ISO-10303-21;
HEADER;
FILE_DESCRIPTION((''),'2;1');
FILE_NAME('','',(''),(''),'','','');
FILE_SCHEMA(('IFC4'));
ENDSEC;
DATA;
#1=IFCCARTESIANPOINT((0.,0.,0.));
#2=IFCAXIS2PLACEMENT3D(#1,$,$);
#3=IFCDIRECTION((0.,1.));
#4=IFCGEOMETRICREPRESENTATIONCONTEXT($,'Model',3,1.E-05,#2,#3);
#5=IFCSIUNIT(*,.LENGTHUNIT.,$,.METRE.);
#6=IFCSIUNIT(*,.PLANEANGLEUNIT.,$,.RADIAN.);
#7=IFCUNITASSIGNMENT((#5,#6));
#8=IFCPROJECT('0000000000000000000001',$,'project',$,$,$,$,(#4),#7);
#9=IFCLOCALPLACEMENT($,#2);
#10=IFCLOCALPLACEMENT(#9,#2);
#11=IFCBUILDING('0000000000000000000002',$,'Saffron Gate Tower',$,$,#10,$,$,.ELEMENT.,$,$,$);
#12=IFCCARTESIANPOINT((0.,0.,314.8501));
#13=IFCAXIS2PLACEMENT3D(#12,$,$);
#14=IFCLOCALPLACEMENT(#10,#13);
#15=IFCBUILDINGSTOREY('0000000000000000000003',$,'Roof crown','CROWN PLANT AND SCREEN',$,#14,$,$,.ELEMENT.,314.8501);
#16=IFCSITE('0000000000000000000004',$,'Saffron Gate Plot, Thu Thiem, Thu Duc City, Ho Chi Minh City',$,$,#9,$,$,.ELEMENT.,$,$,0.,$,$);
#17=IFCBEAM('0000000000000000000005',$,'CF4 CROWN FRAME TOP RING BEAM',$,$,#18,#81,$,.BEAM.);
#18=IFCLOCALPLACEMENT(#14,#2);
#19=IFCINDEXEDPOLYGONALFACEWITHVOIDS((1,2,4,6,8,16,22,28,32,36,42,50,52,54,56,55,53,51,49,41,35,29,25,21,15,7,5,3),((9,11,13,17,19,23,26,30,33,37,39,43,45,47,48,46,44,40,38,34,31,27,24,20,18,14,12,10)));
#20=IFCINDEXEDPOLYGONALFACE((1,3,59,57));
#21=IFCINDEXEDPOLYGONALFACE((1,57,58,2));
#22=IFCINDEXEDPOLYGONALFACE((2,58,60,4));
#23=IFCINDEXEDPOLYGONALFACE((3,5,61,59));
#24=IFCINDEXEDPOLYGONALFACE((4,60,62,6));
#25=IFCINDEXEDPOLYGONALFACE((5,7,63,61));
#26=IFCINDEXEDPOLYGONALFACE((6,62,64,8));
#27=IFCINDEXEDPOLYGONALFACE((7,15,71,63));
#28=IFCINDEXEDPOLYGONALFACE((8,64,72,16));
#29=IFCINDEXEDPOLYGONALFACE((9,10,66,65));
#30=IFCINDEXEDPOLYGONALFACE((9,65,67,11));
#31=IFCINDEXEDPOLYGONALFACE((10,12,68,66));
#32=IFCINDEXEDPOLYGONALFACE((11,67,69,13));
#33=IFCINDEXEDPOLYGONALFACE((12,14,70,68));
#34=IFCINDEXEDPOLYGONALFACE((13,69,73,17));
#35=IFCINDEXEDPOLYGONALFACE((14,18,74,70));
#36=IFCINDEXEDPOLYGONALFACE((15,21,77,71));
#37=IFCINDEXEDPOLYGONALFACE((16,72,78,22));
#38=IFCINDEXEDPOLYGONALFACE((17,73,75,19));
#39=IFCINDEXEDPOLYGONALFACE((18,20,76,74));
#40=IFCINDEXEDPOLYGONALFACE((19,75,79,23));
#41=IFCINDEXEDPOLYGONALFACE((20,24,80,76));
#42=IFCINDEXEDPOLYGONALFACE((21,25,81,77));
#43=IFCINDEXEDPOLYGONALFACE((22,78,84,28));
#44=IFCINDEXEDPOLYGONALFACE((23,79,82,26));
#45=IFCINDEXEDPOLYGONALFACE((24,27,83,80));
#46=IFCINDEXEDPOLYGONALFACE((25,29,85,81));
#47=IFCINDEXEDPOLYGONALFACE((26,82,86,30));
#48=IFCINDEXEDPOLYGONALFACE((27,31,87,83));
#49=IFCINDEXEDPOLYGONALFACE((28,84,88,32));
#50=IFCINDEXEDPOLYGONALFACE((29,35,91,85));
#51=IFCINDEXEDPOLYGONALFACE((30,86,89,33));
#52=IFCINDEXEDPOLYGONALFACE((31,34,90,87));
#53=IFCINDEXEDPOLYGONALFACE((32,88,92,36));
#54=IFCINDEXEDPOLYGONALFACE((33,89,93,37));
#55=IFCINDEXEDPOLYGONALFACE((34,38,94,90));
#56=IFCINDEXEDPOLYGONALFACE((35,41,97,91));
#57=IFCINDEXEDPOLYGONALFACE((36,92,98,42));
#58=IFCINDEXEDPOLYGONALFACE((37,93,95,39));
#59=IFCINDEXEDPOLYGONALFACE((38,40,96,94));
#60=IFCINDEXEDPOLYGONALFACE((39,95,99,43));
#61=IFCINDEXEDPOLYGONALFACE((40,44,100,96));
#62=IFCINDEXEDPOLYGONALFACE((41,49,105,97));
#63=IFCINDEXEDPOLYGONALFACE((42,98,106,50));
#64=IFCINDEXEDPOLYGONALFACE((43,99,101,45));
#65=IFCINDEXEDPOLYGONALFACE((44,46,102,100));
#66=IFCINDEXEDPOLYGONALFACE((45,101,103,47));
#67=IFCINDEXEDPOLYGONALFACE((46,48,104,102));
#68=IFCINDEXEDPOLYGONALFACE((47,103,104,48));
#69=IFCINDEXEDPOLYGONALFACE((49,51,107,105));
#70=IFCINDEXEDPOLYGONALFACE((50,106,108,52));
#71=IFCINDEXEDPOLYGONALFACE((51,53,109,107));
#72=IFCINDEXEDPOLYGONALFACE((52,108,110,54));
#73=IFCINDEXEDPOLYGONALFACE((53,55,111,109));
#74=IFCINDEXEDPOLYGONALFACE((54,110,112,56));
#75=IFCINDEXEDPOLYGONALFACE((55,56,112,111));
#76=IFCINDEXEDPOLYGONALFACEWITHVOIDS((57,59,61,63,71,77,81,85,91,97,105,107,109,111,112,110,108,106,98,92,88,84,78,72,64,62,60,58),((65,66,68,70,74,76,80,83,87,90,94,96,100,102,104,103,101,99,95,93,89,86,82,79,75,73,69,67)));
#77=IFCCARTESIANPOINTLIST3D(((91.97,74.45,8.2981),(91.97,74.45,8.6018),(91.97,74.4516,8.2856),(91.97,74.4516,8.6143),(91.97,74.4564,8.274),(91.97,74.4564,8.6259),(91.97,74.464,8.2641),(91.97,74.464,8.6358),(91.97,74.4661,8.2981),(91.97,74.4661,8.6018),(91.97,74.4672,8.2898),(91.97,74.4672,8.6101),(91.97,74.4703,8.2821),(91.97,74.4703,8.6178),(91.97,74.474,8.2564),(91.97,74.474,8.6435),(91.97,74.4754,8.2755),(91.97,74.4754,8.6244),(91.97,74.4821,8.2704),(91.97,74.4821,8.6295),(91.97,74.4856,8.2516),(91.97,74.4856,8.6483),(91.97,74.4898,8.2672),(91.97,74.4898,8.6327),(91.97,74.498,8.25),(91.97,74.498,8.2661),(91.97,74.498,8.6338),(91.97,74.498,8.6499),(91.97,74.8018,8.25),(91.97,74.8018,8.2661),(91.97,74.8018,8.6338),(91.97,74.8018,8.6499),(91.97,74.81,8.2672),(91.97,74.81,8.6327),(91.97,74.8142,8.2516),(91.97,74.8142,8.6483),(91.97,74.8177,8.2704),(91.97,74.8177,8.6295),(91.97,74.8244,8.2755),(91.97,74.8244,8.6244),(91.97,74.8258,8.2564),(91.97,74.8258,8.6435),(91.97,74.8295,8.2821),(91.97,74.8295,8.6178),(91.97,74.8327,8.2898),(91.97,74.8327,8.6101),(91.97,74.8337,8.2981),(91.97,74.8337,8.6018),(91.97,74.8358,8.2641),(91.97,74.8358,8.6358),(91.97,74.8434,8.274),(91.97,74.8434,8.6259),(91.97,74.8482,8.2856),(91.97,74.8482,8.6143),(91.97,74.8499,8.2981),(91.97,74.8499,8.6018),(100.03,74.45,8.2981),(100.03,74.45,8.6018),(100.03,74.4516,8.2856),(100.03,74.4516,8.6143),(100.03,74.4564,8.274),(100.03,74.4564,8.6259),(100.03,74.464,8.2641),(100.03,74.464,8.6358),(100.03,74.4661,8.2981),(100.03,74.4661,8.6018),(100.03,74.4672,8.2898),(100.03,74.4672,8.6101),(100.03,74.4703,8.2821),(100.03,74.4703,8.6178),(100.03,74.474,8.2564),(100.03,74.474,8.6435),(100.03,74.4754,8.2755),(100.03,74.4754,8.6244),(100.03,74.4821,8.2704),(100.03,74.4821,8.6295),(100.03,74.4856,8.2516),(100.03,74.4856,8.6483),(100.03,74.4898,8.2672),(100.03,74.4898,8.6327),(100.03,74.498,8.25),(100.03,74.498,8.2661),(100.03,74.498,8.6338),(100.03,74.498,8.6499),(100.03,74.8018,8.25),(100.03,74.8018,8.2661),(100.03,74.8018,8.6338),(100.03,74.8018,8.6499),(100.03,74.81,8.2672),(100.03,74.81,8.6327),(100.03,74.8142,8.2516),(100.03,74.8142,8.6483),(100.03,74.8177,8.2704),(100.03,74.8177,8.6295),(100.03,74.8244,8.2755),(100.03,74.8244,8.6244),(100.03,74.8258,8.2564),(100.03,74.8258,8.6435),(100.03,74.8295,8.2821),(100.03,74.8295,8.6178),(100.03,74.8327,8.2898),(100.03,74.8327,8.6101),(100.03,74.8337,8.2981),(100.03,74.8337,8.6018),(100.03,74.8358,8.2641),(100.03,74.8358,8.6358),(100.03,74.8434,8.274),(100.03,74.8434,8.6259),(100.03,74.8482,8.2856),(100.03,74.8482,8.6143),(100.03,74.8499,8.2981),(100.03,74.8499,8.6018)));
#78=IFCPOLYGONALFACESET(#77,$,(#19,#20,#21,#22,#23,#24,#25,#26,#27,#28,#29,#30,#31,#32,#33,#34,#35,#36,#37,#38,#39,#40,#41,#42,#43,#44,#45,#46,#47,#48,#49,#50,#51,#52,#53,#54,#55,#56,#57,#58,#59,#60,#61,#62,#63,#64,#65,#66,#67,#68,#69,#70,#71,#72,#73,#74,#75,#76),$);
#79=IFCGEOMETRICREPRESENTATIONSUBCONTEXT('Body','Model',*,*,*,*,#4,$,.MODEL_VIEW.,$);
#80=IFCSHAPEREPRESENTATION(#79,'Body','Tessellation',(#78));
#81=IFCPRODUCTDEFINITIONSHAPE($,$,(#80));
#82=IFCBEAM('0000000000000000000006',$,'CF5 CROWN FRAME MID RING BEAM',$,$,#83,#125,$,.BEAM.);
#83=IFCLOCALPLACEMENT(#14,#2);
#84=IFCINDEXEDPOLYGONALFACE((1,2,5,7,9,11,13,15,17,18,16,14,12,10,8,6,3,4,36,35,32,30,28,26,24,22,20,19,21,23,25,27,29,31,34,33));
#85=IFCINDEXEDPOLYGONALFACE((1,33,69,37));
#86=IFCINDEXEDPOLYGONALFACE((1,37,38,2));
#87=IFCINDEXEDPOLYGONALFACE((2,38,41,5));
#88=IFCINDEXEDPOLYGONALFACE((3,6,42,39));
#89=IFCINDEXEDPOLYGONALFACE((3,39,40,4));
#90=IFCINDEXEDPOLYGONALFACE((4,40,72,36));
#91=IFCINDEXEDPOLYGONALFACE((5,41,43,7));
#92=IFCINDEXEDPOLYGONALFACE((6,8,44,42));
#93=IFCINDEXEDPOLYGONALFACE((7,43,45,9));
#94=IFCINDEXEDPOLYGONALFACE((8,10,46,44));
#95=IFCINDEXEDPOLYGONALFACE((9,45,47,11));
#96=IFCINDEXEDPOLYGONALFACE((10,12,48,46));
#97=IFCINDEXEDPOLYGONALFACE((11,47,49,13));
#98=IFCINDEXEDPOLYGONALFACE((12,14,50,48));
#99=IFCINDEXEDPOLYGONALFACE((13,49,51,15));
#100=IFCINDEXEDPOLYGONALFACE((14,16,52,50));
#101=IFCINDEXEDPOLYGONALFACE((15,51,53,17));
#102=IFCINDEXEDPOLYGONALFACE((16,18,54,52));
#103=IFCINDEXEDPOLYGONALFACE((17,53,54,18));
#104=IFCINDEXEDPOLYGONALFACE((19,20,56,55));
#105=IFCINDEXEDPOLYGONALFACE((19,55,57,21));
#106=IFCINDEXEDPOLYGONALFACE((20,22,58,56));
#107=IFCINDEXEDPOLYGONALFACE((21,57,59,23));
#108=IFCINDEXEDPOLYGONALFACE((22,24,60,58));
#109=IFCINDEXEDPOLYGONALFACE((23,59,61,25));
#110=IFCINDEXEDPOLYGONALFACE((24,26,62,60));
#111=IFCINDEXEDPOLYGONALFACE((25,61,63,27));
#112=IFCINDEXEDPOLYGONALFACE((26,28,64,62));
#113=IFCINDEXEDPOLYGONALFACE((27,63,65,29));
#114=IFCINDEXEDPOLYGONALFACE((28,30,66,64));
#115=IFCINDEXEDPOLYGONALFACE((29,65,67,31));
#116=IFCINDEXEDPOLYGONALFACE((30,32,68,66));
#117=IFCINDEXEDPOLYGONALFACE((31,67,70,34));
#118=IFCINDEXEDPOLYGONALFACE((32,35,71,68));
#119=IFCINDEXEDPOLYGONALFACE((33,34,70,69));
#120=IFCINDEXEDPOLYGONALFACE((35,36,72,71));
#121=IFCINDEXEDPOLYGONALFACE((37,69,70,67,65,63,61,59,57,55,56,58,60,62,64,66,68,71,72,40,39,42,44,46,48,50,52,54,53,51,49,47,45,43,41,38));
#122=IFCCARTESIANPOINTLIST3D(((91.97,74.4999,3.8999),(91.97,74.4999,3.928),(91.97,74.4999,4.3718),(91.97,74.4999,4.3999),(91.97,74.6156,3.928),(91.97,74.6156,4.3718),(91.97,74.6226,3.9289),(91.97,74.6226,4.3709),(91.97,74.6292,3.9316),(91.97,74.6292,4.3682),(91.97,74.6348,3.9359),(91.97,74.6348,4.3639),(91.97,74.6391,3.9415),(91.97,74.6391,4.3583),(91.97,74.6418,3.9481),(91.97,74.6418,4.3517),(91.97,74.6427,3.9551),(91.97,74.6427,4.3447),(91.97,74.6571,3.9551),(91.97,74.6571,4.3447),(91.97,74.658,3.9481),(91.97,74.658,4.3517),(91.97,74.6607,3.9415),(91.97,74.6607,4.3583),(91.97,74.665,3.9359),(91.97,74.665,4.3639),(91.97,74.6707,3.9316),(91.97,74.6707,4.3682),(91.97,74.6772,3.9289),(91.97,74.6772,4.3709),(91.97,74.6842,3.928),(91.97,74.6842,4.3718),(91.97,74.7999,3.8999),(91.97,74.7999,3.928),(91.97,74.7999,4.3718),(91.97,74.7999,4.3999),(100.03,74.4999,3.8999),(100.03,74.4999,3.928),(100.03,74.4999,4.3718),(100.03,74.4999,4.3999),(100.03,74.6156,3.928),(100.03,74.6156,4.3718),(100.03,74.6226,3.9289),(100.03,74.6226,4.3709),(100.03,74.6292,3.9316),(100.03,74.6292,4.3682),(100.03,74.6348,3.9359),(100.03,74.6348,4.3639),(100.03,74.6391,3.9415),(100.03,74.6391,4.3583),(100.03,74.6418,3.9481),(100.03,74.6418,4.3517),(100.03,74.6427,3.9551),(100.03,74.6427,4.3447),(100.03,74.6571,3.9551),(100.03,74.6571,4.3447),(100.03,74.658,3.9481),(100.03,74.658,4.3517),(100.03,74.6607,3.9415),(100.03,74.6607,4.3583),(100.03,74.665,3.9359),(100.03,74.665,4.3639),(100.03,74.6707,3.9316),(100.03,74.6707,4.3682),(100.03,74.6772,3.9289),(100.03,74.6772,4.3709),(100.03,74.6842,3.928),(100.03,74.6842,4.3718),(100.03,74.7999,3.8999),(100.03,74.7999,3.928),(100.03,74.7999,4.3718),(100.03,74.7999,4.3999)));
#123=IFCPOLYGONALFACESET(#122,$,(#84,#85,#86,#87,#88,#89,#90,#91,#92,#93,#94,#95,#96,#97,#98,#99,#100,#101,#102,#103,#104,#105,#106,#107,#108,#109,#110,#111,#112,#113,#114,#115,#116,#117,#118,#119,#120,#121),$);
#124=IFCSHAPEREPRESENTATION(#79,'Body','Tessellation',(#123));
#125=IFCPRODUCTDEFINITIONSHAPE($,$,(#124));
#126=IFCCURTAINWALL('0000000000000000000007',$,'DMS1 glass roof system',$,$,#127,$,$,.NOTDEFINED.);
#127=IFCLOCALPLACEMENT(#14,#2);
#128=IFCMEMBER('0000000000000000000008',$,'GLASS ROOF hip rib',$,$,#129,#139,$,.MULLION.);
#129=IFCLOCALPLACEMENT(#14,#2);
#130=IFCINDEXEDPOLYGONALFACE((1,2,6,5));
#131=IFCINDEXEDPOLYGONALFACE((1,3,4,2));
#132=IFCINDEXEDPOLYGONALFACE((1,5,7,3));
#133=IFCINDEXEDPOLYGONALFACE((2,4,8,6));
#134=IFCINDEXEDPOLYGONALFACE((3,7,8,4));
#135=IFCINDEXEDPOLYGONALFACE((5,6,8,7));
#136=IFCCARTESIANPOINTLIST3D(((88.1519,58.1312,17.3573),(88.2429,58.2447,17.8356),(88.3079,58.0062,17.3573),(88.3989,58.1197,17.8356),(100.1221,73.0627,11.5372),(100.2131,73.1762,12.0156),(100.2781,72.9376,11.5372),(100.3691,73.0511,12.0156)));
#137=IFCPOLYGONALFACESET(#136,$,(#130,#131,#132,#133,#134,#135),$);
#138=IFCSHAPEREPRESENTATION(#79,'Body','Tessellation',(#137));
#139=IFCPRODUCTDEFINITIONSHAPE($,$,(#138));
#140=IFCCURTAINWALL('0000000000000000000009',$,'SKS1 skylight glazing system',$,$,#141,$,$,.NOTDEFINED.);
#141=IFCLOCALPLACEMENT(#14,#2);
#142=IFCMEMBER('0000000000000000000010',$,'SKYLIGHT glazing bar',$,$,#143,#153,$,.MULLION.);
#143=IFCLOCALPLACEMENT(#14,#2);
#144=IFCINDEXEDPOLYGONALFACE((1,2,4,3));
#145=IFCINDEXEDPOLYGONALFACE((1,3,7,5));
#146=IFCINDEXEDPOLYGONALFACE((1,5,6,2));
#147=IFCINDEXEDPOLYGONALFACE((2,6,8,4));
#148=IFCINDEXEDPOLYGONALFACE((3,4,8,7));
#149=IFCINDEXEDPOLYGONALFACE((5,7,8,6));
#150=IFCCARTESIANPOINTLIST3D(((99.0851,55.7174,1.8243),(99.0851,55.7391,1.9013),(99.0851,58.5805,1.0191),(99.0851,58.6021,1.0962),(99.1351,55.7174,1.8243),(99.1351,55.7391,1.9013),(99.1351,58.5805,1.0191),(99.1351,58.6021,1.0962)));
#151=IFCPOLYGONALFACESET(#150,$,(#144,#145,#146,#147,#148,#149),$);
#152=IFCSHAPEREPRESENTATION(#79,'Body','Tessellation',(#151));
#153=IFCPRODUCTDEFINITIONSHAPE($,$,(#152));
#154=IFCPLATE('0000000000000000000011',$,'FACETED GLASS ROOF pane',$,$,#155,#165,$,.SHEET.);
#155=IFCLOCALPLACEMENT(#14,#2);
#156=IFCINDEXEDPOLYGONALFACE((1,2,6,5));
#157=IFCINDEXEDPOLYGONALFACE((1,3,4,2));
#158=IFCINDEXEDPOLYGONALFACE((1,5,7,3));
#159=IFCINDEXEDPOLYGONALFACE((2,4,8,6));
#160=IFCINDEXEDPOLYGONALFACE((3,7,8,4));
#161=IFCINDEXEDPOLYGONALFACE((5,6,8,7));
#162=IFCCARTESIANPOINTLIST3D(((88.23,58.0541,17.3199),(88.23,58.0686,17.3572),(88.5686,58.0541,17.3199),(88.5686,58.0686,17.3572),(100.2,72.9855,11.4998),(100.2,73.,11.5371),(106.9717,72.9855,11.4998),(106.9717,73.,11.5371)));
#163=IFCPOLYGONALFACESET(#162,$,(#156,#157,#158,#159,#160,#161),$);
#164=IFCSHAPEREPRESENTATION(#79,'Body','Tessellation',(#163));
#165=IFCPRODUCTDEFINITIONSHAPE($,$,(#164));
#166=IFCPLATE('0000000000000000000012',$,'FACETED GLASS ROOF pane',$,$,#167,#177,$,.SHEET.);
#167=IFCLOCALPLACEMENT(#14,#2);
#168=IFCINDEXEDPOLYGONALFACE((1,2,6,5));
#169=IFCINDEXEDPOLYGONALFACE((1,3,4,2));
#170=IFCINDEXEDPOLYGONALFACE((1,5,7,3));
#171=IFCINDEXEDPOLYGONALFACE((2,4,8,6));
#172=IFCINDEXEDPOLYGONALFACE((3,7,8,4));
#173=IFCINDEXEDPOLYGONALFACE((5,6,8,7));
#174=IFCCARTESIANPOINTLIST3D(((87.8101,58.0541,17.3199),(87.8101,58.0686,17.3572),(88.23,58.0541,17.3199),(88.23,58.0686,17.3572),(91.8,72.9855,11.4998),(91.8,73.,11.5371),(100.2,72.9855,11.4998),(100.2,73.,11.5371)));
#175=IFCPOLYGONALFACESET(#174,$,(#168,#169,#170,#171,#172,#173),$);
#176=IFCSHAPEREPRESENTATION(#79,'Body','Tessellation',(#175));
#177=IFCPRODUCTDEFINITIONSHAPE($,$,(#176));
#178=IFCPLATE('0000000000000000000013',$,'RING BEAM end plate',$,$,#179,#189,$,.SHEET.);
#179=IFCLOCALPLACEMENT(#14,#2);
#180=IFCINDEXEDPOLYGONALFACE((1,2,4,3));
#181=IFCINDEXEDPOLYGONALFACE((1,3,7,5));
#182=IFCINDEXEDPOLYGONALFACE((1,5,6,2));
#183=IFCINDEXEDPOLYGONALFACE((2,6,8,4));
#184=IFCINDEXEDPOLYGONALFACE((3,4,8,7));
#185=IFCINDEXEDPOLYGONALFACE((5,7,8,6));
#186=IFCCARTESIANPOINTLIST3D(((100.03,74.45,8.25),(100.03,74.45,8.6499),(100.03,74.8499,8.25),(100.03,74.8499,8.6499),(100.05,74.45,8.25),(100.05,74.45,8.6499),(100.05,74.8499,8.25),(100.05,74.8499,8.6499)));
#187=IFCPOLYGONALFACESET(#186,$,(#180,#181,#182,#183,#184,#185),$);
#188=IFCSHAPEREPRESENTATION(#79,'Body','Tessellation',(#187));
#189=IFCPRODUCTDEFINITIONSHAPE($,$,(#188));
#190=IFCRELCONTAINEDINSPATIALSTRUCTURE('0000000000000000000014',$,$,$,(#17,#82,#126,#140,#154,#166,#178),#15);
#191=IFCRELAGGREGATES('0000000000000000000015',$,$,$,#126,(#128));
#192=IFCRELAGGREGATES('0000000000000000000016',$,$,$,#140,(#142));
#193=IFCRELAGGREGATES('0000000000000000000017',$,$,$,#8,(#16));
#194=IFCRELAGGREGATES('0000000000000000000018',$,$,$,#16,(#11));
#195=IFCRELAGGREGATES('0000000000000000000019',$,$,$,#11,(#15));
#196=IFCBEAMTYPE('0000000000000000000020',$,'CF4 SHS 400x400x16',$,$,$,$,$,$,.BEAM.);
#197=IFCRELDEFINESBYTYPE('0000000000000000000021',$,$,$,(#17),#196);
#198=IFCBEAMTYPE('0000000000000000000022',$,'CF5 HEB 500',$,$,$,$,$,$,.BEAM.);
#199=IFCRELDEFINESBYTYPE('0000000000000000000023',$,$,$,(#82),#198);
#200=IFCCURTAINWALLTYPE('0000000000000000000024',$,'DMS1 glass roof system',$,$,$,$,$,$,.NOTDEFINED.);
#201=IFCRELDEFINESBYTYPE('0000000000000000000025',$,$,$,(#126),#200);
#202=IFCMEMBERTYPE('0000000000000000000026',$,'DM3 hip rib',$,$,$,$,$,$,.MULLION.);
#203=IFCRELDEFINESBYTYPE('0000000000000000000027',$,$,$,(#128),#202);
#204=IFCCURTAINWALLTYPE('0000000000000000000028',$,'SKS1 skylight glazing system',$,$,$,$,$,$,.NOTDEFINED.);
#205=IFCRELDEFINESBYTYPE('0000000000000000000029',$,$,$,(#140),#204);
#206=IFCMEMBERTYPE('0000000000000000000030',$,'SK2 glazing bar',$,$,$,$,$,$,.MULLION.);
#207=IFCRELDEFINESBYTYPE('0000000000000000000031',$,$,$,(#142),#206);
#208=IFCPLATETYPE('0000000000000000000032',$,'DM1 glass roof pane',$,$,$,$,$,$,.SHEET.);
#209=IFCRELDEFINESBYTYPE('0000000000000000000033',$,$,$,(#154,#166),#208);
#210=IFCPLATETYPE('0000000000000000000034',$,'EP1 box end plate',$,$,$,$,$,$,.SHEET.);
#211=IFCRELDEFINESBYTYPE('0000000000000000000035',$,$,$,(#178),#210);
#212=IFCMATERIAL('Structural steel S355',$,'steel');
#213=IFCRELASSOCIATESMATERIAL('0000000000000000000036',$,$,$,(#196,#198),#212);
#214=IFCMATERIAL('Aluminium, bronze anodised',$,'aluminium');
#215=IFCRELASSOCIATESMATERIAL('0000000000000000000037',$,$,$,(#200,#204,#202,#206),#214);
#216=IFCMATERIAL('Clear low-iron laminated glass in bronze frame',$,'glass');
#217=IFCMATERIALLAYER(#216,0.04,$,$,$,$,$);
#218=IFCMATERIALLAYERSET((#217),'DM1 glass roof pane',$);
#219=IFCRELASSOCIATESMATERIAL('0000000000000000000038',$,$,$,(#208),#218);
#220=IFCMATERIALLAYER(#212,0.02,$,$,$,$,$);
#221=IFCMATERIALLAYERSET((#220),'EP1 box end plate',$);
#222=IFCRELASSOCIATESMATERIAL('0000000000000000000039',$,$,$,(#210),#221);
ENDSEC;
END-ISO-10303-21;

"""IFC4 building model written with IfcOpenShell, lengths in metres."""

from ifc_helpers import new_model, si_unit, direction, frame, origin, origin_2d, place, context, subcontext, project, spatial, polyline, rectangle, hollow_rectangle, i_section, outline, extrude, material, layer, layer_set, material_profile, profile_set, type_object, element, aggregate, save


model = new_model("IFC4")

# Units and contexts
model_context = context("Model", 3, precision=1e-05, world=origin(), true_north=direction((0.0, 1.0)))
body_context = subcontext(model_context, "Body", "Model", "MODEL_VIEW")
ifc_project = project(units=[si_unit("LENGTHUNIT", "METRE"), si_unit("PLANEANGLEUNIT", "RADIAN")], contexts=[model_context])

# Site, building, storey
site_placement = place(None, origin())
site = spatial("IfcSite", under=ifc_project, at=site_placement, Name="Saffron Gate Plot, Thu Thiem, Thu Duc City, Ho Chi Minh City", CompositionType="ELEMENT", RefElevation=0.0)
building_placement = place(site_placement, origin())
building = spatial("IfcBuilding", under=site, at=building_placement, Name="Saffron Gate Tower", CompositionType="ELEMENT")
storey_placement = place(building_placement, frame((0.0, 0.0, 314.8501)))
storey = spatial("IfcBuildingStorey", under=building, at=storey_placement, Name="Roof crown", Description="CROWN PLANT AND SCREEN", CompositionType="ELEMENT", Elevation=314.8501)

# Beams
ifc_material_1 = material(Name="Structural steel S355", Category="steel")
ifc_material_profile_1 = material_profile(ifc_material_1, hollow_rectangle(XDim=0.3999, YDim=0.3999, WallThickness=0.0161, InnerFilletRadius=0.032, OuterFilletRadius=0.0481, at=origin_2d()))
ifc_profile_set_1 = profile_set([ifc_material_profile_1], Name="Structural steel S355")
beam_type_1 = type_object("IfcBeamType", Name="CF4 SHS 400x400x16", PredefinedType="BEAM", material=ifc_profile_set_1)
beam_1_placement = place(storey_placement, frame((100.03, 74.6499, 8.45), z_axis=(-1.0, 0.0, 0.0), x_axis=(0.0, -1.0, 0.0)))
element("IfcBeam", 1, at=beam_1_placement, inside=storey, type_object=beam_type_1, Name="CF4 CROWN FRAME TOP RING BEAM", PredefinedType="BEAM", context=body_context, shape_type="SweptSolid", body=[
    extrude(hollow_rectangle(XDim=0.3999, YDim=0.3999, WallThickness=0.0161, InnerFilletRadius=0.032, OuterFilletRadius=0.0481, at=origin_2d()), origin(), (0.0, 0.0, 1.0), 8.0601),
])
ifc_material_profile_2 = material_profile(ifc_material_1, i_section(OverallWidth=0.3, OverallDepth=0.5, WebThickness=0.0144, FlangeThickness=0.0281, FilletRadius=0.0271, at=origin_2d()))
ifc_profile_set_2 = profile_set([ifc_material_profile_2], Name="Structural steel S355")
beam_type_2 = type_object("IfcBeamType", Name="CF5 HEB 500", PredefinedType="BEAM", material=ifc_profile_set_2)
beam_2_placement = place(storey_placement, frame((100.03, 74.6499, 4.1499), z_axis=(-1.0, 0.0, 0.0), x_axis=(0.0, -1.0, 0.0)))
element("IfcBeam", 2, at=beam_2_placement, inside=storey, type_object=beam_type_2, Name="CF5 CROWN FRAME MID RING BEAM", PredefinedType="BEAM", context=body_context, shape_type="SweptSolid", body=[
    extrude(i_section(OverallWidth=0.3, OverallDepth=0.5, WebThickness=0.0144, FlangeThickness=0.0281, FilletRadius=0.0271, at=origin_2d()), origin(), (0.0, 0.0, 1.0), 8.0601),
])

# Curtain walls, members
ifc_material_2 = material(Name="Aluminium, bronze anodised", Category="aluminium")
curtain_wall_type_1 = type_object("IfcCurtainWallType", Name="DMS1 glass roof system", PredefinedType="NOTDEFINED", material=ifc_material_2)
curtain_wall_1_placement = place(storey_placement, origin())
curtain_wall_1 = element("IfcCurtainWall", 3, at=curtain_wall_1_placement, inside=storey, type_object=curtain_wall_type_1, Name="DMS1 glass roof system", PredefinedType="NOTDEFINED")
ifc_material_profile_3 = material_profile(ifc_material_2, rectangle(XDim=0.2, YDim=0.5, at=origin_2d()))
ifc_profile_set_3 = profile_set([ifc_material_profile_3], Name="Aluminium, bronze anodised")
member_type_1 = type_object("IfcMemberType", Name="DM3 hip rib", PredefinedType="MULLION", material=ifc_profile_set_3)
member_1_placement = place(storey_placement, frame((100.2456, 73.0569, 11.7764), z_axis=(-0.598432, -0.746471, 0.290965), x_axis=(0.780229, -0.625494, 0.0)))
member_1 = element("IfcMember", 4, at=member_1_placement, type_object=member_type_1, Name="GLASS ROOF hip rib", PredefinedType="MULLION", context=body_context, shape_type="SweptSolid", body=[
    extrude(rectangle(XDim=0.2, YDim=0.5, at=origin_2d()), origin(), (0.0, 0.0, 1.0), 20.0027),
])
aggregate(curtain_wall_1, [member_1])
curtain_wall_type_2 = type_object("IfcCurtainWallType", Name="SKS1 skylight glazing system", PredefinedType="NOTDEFINED", material=ifc_material_2)
curtain_wall_2_placement = place(storey_placement, origin())
curtain_wall_2 = element("IfcCurtainWall", 5, at=curtain_wall_2_placement, inside=storey, type_object=curtain_wall_type_2, Name="SKS1 skylight glazing system", PredefinedType="NOTDEFINED")
ifc_material_profile_4 = material_profile(ifc_material_2, rectangle(XDim=0.05, YDim=0.0801, at=origin_2d()))
ifc_profile_set_4 = profile_set([ifc_material_profile_4], Name="Aluminium, bronze anodised")
member_type_2 = type_object("IfcMemberType", Name="SK2 glazing bar", PredefinedType="MULLION", material=ifc_profile_set_4)
member_2_placement = place(storey_placement, frame((99.1101, 58.5913, 1.0576), z_axis=(0.0, -0.962656, 0.270729), x_axis=(1.0, 0.0, 0.0)))
member_2 = element("IfcMember", 6, at=member_2_placement, type_object=member_type_2, Name="SKYLIGHT glazing bar", PredefinedType="MULLION", context=body_context, shape_type="SweptSolid", body=[
    extrude(rectangle(XDim=0.05, YDim=0.0801, at=origin_2d()), origin(), (0.0, 0.0, 1.0), 2.9741),
])
aggregate(curtain_wall_2, [member_2])

# Plates
ifc_material_3 = material(Name="Clear low-iron laminated glass in bronze frame", Category="glass")
ifc_layer_1 = layer(ifc_material_3, 0.04)
ifc_layer_set_1 = layer_set([ifc_layer_1], Name="DM1 glass roof pane")
plate_type_1 = type_object("IfcPlateType", Name="DM1 glass roof pane", PredefinedType="SHEET", material=ifc_layer_set_1)
plate_1_placement = place(storey_placement, frame((106.9717, 73.0, 11.5371), z_axis=(0.0, 0.363173, 0.931722), x_axis=(-1.0, 0.0, 0.0)))
element("IfcPlate", 7, at=plate_1_placement, inside=storey, type_object=plate_type_1, Name="FACETED GLASS ROOF pane", PredefinedType="SHEET", context=body_context, shape_type="SweptSolid", body=[
    extrude(outline(polyline([(0.0, 0.0), (6.7717, 0.0), (18.7417, 16.0256), (18.4031, 16.0256), (0.0, 0.0)])), origin(), (0.0, 0.0, -1.0), 0.04),
])
plate_2_placement = place(storey_placement, frame((100.2, 73.0, 11.5371), z_axis=(0.0, 0.363173, 0.931722), x_axis=(-1.0, 0.0, 0.0)))
element("IfcPlate", 8, at=plate_2_placement, inside=storey, type_object=plate_type_1, Name="FACETED GLASS ROOF pane", PredefinedType="SHEET", context=body_context, shape_type="SweptSolid", body=[
    extrude(outline(polyline([(0.0, 0.0), (8.3999, 0.0), (12.3899, 16.0256), (11.97, 16.0256), (0.0, 0.0)])), origin(), (0.0, 0.0, -1.0), 0.04),
])
ifc_layer_2 = layer(ifc_material_1, 0.02)
ifc_layer_set_2 = layer_set([ifc_layer_2], Name="EP1 box end plate")
plate_type_2 = type_object("IfcPlateType", Name="EP1 box end plate", PredefinedType="SHEET", material=ifc_layer_set_2)
plate_3_placement = place(storey_placement, frame((100.04, 74.6499, 8.25), z_axis=(0.0, 0.0, 1.0), x_axis=(-1.0, 0.0, 0.0)))
element("IfcPlate", 9, at=plate_3_placement, inside=storey, type_object=plate_type_2, Name="RING BEAM end plate", PredefinedType="SHEET", context=body_context, shape_type="SweptSolid", body=[
    extrude(rectangle(XDim=0.02, YDim=0.3999, at=origin_2d()), origin(), (0.0, 0.0, 1.0), 0.3999),
])

save(model, "model.ifc")
